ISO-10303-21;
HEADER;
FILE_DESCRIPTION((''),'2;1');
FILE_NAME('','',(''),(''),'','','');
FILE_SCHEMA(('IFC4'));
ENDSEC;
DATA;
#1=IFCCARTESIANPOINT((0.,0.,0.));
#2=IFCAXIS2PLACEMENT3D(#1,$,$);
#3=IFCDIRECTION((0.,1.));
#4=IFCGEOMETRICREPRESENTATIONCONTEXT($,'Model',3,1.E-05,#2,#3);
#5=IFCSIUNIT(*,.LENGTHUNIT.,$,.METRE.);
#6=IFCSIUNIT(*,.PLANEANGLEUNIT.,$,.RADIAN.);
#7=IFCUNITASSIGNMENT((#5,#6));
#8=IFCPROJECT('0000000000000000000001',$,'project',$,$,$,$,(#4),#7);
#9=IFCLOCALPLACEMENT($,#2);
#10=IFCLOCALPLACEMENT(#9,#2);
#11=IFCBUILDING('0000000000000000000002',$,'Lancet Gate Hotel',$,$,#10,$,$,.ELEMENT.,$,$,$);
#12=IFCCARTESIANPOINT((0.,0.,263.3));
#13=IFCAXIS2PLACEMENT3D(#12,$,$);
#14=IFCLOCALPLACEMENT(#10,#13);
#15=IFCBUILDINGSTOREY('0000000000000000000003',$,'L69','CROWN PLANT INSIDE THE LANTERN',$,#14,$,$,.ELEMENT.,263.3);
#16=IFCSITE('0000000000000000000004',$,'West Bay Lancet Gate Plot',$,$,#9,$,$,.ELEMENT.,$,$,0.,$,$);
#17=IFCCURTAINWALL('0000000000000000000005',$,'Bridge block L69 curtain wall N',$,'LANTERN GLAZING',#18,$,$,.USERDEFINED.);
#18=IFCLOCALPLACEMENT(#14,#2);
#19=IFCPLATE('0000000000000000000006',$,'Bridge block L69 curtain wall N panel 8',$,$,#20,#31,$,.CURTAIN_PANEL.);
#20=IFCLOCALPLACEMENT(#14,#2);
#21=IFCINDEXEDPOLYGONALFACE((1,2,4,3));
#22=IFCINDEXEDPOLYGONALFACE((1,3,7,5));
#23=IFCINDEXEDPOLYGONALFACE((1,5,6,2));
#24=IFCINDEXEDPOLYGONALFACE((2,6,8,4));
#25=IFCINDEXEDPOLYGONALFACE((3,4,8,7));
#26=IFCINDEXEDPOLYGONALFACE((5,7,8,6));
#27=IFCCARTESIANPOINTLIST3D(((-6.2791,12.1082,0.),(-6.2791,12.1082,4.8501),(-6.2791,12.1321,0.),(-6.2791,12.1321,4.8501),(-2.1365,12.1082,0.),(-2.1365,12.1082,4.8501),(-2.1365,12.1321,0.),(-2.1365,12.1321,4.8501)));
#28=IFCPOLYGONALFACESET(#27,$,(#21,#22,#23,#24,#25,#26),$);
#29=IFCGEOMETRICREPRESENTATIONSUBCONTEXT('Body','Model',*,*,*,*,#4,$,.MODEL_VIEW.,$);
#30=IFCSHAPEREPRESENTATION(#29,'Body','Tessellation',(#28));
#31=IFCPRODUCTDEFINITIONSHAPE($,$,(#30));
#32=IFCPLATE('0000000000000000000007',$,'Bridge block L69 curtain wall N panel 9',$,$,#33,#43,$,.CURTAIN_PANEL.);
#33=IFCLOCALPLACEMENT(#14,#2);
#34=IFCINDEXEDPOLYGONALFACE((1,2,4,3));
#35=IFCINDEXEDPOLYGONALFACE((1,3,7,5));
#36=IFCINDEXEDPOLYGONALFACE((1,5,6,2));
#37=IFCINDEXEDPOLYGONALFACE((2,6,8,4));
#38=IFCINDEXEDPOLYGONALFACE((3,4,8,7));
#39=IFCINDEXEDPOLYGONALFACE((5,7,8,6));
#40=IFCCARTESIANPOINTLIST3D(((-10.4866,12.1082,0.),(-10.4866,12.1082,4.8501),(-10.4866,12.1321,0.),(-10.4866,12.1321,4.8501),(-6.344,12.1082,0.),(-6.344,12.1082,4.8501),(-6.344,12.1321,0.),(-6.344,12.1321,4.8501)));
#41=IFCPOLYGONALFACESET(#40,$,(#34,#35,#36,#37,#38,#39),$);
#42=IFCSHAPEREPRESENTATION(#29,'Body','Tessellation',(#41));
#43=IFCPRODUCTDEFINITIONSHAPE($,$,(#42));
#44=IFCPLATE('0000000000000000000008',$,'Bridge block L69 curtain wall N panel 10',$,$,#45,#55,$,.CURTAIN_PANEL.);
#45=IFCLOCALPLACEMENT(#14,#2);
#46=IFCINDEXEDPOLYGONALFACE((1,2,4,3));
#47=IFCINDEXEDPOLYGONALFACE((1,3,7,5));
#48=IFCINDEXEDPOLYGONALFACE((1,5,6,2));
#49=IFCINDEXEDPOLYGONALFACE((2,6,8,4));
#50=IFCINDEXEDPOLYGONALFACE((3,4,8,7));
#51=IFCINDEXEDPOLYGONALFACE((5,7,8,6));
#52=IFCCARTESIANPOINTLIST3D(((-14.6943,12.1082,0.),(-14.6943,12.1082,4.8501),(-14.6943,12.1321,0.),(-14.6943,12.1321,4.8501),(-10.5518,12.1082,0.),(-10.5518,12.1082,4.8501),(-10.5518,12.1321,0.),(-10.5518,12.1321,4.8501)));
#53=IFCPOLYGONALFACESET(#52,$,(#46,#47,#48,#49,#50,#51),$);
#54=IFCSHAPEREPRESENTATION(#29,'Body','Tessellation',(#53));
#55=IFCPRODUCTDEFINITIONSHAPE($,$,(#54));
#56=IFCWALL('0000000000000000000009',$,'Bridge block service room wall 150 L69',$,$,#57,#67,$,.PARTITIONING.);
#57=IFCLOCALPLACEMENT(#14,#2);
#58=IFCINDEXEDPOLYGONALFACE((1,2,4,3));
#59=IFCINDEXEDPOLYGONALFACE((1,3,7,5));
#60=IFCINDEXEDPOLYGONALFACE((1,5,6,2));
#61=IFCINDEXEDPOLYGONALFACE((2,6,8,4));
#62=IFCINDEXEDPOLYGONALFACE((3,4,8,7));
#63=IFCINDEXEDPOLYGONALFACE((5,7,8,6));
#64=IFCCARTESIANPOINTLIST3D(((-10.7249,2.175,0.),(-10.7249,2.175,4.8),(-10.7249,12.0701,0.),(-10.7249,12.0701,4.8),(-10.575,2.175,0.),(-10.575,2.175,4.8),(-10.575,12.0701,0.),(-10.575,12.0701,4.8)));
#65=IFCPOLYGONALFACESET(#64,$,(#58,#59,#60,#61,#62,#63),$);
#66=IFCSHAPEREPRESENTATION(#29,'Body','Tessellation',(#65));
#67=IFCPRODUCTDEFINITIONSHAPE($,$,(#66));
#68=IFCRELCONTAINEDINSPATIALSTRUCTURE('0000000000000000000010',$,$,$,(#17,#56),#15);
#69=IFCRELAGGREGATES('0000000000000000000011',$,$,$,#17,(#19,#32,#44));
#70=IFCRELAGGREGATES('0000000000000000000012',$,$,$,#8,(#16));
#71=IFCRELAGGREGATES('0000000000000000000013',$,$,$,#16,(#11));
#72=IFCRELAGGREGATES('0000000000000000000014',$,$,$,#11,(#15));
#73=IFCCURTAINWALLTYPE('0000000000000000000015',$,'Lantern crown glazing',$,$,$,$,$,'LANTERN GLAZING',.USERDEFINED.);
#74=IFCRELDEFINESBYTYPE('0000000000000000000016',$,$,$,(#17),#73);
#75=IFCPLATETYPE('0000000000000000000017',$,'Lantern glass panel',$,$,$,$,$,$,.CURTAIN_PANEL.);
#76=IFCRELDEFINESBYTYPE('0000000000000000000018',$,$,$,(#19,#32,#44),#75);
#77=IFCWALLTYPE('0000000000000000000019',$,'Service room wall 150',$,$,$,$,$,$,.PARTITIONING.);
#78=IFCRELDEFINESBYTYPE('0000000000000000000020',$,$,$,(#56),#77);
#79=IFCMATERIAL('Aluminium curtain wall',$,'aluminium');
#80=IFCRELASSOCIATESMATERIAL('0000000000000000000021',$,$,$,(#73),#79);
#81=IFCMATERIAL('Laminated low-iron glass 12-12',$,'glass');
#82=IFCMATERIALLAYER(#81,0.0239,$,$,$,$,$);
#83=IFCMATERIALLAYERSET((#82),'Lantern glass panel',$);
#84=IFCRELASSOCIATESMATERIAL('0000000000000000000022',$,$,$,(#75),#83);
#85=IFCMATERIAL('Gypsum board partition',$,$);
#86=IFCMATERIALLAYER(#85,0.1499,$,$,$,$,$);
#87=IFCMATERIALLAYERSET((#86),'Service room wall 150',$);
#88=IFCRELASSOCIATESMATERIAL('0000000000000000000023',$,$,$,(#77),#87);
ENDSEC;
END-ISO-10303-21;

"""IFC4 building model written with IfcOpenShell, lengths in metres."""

from ifc_helpers import new_model, si_unit, direction, frame, frame_2d, origin, origin_2d, place, context, subcontext, project, spatial, rectangle, extrude, material, layer, layer_set, type_object, element, aggregate, save


model = new_model("IFC4")

# Units and contexts
model_context = context("Model", 3, precision=1e-05, world=origin(), true_north=direction((0.0, 1.0)))
body_context = subcontext(model_context, "Body", "Model", "MODEL_VIEW")
ifc_project = project(units=[si_unit("LENGTHUNIT", "METRE"), si_unit("PLANEANGLEUNIT", "RADIAN")], contexts=[model_context])

# Site, building, storey
site_placement = place(None, origin())
site = spatial("IfcSite", under=ifc_project, at=site_placement, Name="West Bay Lancet Gate Plot", CompositionType="ELEMENT", RefElevation=0.0)
building_placement = place(site_placement, origin())
building = spatial("IfcBuilding", under=site, at=building_placement, Name="Lancet Gate Hotel", CompositionType="ELEMENT")
storey_placement = place(building_placement, frame((0.0, 0.0, 263.3)))
storey = spatial("IfcBuildingStorey", under=building, at=storey_placement, Name="L69", Description="CROWN PLANT INSIDE THE LANTERN", CompositionType="ELEMENT", Elevation=263.3)

# Curtain wall
ifc_material_1 = material(Name="Aluminium curtain wall", Category="aluminium")
curtain_wall_type = type_object("IfcCurtainWallType", Name="Lantern crown glazing", ElementType="LANTERN GLAZING", PredefinedType="USERDEFINED", material=ifc_material_1)
curtain_wall_placement = place(storey_placement, origin())
curtain_wall = element("IfcCurtainWall", 1, at=curtain_wall_placement, inside=storey, type_object=curtain_wall_type, Name="Bridge block L69 curtain wall N", ObjectType="LANTERN GLAZING", PredefinedType="USERDEFINED")

# Plates
ifc_material_2 = material(Name="Laminated low-iron glass 12-12", Category="glass")
ifc_layer_1 = layer(ifc_material_2, 0.0239)
ifc_layer_set_1 = layer_set([ifc_layer_1], Name="Lantern glass panel")
plate_type = type_object("IfcPlateType", Name="Lantern glass panel", PredefinedType="CURTAIN_PANEL", material=ifc_layer_set_1)
plate_1_placement = place(storey_placement, frame((-4.2078, 12.1201, 0.0), z_axis=(0.0, 0.0, 1.0), x_axis=(-1.0, 0.0, 0.0)))
plate_1 = element("IfcPlate", 2, at=plate_1_placement, type_object=plate_type, Name="Bridge block L69 curtain wall N panel 8", PredefinedType="CURTAIN_PANEL", context=body_context, shape_type="SweptSolid", body=[
    extrude(rectangle(XDim=4.1426, YDim=0.0239, at=origin_2d()), origin(), (0.0, 0.0, 1.0), 4.8501),
])
plate_2_placement = place(storey_placement, frame((-8.4153, 12.1201, 0.0), z_axis=(0.0, 0.0, 1.0), x_axis=(-1.0, 0.0, 0.0)))
plate_2 = element("IfcPlate", 3, at=plate_2_placement, type_object=plate_type, Name="Bridge block L69 curtain wall N panel 9", PredefinedType="CURTAIN_PANEL", context=body_context, shape_type="SweptSolid", body=[
    extrude(rectangle(XDim=4.1426, YDim=0.0239, at=origin_2d()), origin(), (0.0, 0.0, 1.0), 4.8501),
])
plate_3_placement = place(storey_placement, frame((-12.623, 12.1201, 0.0), z_axis=(0.0, 0.0, 1.0), x_axis=(-1.0, 0.0, 0.0)))
plate_3 = element("IfcPlate", 4, at=plate_3_placement, type_object=plate_type, Name="Bridge block L69 curtain wall N panel 10", PredefinedType="CURTAIN_PANEL", context=body_context, shape_type="SweptSolid", body=[
    extrude(rectangle(XDim=4.1426, YDim=0.0239, at=origin_2d()), origin(), (0.0, 0.0, 1.0), 4.8501),
])
aggregate(curtain_wall, [plate_1, plate_2, plate_3])

# Wall
ifc_material_3 = material(Name="Gypsum board partition")
ifc_layer_2 = layer(ifc_material_3, 0.1499)
ifc_layer_set_2 = layer_set([ifc_layer_2], Name="Service room wall 150")
wall_type = type_object("IfcWallType", Name="Service room wall 150", PredefinedType="PARTITIONING", material=ifc_layer_set_2)
wall_placement = place(storey_placement, frame((-10.6499, 2.175, 0.0), z_axis=(0.0, 0.0, 1.0), x_axis=(0.0, 1.0, 0.0)))
element("IfcWall", 5, at=wall_placement, inside=storey, type_object=wall_type, Name="Bridge block service room wall 150 L69", PredefinedType="PARTITIONING", context=body_context, shape_type="SweptSolid", body=[
    extrude(rectangle(XDim=9.895, YDim=0.1499, at=frame_2d((4.9475, 0.0))), origin(), (0.0, 0.0, 1.0), 4.8),
])

save(model, "model.ifc")
